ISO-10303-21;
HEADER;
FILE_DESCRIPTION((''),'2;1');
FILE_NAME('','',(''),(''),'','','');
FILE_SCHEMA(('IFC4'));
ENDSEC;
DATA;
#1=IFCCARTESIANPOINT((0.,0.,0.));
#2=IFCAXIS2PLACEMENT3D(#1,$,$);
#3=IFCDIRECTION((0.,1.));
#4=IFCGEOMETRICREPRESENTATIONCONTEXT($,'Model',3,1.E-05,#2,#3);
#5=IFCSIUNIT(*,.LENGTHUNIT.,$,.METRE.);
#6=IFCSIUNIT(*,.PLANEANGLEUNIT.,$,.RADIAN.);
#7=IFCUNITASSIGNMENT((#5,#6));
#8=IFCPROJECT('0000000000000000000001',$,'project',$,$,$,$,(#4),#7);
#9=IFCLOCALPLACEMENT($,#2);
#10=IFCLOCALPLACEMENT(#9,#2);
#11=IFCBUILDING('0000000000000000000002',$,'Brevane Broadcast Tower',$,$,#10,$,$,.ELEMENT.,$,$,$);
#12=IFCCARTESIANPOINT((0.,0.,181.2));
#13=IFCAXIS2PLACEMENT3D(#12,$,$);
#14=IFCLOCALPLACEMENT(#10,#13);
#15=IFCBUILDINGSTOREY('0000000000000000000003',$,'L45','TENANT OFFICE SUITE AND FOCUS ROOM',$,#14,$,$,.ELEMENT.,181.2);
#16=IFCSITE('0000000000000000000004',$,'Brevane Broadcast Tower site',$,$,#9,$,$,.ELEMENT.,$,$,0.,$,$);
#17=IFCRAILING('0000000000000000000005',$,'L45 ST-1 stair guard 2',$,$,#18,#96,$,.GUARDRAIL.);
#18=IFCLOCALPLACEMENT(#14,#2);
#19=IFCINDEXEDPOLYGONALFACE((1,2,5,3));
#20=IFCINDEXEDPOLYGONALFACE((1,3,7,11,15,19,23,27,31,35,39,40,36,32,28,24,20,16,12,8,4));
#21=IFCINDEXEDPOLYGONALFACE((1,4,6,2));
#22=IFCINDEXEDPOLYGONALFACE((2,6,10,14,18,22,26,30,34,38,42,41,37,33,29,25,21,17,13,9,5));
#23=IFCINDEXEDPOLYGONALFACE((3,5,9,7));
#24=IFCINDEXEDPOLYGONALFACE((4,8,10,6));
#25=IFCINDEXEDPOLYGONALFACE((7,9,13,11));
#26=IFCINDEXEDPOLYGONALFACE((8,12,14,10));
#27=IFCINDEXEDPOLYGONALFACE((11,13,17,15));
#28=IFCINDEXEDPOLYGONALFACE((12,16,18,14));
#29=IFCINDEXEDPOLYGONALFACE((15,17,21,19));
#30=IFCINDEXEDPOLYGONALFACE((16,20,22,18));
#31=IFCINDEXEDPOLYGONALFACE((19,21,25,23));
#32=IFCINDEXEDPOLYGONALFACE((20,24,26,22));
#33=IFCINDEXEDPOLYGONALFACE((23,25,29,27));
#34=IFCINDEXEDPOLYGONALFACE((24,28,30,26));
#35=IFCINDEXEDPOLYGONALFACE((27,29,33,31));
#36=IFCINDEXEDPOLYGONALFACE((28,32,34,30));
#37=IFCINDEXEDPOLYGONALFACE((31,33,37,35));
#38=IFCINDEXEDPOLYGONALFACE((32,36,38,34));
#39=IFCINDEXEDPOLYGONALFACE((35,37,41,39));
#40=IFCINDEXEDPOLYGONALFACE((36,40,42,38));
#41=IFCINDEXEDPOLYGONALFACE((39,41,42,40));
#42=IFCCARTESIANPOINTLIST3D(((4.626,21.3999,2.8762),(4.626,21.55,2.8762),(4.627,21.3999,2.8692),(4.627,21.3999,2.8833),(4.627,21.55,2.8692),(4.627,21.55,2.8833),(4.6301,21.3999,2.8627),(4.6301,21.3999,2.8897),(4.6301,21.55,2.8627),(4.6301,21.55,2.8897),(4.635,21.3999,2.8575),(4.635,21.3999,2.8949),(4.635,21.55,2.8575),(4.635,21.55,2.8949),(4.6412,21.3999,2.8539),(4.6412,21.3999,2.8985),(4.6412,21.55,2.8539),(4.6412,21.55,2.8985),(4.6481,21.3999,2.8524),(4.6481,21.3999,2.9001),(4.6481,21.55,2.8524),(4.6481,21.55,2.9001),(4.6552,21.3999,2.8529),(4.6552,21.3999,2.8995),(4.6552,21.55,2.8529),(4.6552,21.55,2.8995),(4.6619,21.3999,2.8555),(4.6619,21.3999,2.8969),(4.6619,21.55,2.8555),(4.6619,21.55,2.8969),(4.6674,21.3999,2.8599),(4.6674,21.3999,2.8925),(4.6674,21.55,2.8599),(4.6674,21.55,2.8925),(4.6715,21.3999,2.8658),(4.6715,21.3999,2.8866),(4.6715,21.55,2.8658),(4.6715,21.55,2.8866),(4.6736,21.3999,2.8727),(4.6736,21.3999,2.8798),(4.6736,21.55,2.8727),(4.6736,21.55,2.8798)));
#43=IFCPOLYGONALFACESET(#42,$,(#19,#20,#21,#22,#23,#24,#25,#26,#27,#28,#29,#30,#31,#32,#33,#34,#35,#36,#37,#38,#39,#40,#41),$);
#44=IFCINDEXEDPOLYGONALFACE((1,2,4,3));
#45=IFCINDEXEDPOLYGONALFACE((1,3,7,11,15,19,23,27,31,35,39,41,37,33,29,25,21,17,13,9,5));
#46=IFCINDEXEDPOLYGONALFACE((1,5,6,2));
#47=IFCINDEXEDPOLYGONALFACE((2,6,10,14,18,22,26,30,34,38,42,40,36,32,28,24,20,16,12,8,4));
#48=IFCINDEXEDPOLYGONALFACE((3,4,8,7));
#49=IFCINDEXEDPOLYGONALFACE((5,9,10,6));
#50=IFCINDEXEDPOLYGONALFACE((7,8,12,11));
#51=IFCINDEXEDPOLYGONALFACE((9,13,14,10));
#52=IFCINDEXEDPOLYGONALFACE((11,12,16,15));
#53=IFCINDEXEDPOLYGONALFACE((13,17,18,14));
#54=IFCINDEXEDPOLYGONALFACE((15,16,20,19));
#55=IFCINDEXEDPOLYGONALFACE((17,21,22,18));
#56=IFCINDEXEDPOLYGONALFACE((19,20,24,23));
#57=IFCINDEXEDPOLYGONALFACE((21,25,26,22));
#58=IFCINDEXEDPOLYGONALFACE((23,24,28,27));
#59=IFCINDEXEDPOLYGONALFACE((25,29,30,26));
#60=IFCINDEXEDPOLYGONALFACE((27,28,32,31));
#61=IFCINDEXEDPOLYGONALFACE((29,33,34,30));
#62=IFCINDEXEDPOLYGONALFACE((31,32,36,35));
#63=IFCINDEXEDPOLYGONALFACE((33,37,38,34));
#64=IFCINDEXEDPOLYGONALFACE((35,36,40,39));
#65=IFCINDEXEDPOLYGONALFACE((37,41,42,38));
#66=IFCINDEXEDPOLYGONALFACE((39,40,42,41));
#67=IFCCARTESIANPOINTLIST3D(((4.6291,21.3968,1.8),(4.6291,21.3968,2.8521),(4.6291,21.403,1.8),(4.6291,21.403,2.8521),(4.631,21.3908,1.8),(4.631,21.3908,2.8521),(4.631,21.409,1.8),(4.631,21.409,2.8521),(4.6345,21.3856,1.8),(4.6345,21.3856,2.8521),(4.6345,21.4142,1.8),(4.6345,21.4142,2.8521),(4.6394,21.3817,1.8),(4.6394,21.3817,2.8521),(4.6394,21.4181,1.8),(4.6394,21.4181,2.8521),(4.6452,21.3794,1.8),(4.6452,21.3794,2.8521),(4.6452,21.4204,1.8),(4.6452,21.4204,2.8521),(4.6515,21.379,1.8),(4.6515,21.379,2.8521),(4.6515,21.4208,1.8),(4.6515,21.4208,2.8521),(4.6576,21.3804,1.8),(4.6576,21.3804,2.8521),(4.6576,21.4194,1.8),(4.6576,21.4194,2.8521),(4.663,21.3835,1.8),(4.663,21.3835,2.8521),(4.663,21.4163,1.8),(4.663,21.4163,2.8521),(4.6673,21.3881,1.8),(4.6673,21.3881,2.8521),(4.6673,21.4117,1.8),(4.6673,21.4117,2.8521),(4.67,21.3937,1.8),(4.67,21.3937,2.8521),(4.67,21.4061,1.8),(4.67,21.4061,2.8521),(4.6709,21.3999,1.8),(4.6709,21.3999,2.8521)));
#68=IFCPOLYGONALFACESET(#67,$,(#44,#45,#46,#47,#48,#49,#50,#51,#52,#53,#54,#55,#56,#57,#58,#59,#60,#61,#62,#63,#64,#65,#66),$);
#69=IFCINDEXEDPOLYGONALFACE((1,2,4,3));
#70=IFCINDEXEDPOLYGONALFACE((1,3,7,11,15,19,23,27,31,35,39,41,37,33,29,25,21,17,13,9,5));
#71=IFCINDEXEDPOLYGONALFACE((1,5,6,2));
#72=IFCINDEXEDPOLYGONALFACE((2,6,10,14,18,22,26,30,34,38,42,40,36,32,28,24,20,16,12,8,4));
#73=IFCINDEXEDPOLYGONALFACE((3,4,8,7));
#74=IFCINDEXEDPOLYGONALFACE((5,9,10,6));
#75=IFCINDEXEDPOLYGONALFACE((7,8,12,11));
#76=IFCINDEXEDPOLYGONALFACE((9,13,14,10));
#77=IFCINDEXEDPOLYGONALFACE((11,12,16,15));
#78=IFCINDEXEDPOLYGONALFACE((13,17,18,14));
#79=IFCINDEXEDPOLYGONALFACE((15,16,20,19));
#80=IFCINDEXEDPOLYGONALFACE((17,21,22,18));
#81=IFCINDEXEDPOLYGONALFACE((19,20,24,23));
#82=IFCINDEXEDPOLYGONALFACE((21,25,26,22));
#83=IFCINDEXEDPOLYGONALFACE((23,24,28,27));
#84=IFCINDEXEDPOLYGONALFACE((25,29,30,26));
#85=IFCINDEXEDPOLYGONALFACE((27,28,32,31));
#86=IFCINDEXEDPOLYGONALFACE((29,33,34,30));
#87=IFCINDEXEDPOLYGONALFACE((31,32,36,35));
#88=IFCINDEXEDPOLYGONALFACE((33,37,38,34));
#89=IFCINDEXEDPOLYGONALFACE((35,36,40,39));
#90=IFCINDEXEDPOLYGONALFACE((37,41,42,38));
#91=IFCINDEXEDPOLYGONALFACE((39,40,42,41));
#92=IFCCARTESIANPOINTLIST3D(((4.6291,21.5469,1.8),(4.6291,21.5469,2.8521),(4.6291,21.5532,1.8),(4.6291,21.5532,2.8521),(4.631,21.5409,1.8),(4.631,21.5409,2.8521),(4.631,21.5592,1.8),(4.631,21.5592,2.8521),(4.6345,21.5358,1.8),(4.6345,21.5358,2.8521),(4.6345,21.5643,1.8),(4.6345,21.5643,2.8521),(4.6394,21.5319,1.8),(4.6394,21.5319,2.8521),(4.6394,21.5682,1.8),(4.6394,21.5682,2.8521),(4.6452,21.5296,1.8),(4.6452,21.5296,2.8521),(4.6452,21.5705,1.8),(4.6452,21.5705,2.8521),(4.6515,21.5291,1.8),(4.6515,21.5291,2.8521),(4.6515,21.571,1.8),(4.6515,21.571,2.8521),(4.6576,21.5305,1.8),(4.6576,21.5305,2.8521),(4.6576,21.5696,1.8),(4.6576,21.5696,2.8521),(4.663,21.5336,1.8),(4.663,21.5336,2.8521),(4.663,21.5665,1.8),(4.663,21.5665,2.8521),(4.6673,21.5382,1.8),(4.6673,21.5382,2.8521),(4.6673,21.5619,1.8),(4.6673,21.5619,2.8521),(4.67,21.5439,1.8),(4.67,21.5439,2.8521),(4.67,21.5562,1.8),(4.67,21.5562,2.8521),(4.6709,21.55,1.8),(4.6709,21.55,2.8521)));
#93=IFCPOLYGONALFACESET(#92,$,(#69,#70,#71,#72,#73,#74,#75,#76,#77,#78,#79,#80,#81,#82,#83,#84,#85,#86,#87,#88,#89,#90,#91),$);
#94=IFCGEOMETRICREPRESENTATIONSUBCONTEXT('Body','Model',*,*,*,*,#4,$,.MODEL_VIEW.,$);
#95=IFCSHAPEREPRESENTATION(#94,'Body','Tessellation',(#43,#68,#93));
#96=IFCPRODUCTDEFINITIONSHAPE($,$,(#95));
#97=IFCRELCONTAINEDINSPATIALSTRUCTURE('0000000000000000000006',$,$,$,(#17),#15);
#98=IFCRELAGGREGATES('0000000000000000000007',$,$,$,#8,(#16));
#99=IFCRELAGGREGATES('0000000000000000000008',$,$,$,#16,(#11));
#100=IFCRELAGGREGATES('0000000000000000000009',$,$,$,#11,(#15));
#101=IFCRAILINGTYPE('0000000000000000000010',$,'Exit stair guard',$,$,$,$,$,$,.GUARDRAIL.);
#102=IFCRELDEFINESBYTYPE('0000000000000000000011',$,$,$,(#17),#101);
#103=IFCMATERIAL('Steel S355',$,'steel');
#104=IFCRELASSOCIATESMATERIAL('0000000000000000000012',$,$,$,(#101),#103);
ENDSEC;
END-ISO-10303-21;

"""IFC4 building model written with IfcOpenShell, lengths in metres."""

from ifc_helpers import new_model, si_unit, direction, frame, origin, origin_2d, place, context, subcontext, project, spatial, circle, extrude, material, type_object, element, save


model = new_model("IFC4")

# Units and contexts
model_context = context("Model", 3, precision=1e-05, world=origin(), true_north=direction((0.0, 1.0)))
body_context = subcontext(model_context, "Body", "Model", "MODEL_VIEW")
ifc_project = project(units=[si_unit("LENGTHUNIT", "METRE"), si_unit("PLANEANGLEUNIT", "RADIAN")], contexts=[model_context])

# Site, building, storey
site_placement = place(None, origin())
site = spatial("IfcSite", under=ifc_project, at=site_placement, Name="Brevane Broadcast Tower site", CompositionType="ELEMENT", RefElevation=0.0)
building_placement = place(site_placement, origin())
building = spatial("IfcBuilding", under=site, at=building_placement, Name="Brevane Broadcast Tower", CompositionType="ELEMENT")
storey_placement = place(building_placement, frame((0.0, 0.0, 181.2)))
storey = spatial("IfcBuildingStorey", under=building, at=storey_placement, Name="L45", Description="TENANT OFFICE SUITE AND FOCUS ROOM", CompositionType="ELEMENT", Elevation=181.2)

# Railing
ifc_material_1 = material(Name="Steel S355", Category="steel")
railing_type_1 = type_object("IfcRailingType", Name="Exit stair guard", PredefinedType="GUARDRAIL", material=ifc_material_1)
railing_1_placement = place(storey_placement, frame((4.6499, 21.3999, 1.8)))
element("IfcRailing", 1, at=railing_1_placement, inside=storey, type_object=railing_type_1, Name="L45 ST-1 stair guard 2", PredefinedType="GUARDRAIL", context=body_context, shape_type="SweptSolid", body=[
    extrude(circle(Radius=0.0239, at=origin_2d()), frame((0.0, 0.0, 1.0762), z_axis=(0.0, 1.0, 0.0), x_axis=(-1.0, 0.0, 0.0)), (0.0, 0.0, 1.0), 0.1501),
    extrude(circle(Radius=0.021, at=origin_2d()), origin(), (0.0, 0.0, 1.0), 1.052),
    extrude(circle(Radius=0.021, at=origin_2d()), frame((0.0, 0.1501, 0.0)), (0.0, 0.0, 1.0), 1.052),
])

save(model, "model.ifc")
